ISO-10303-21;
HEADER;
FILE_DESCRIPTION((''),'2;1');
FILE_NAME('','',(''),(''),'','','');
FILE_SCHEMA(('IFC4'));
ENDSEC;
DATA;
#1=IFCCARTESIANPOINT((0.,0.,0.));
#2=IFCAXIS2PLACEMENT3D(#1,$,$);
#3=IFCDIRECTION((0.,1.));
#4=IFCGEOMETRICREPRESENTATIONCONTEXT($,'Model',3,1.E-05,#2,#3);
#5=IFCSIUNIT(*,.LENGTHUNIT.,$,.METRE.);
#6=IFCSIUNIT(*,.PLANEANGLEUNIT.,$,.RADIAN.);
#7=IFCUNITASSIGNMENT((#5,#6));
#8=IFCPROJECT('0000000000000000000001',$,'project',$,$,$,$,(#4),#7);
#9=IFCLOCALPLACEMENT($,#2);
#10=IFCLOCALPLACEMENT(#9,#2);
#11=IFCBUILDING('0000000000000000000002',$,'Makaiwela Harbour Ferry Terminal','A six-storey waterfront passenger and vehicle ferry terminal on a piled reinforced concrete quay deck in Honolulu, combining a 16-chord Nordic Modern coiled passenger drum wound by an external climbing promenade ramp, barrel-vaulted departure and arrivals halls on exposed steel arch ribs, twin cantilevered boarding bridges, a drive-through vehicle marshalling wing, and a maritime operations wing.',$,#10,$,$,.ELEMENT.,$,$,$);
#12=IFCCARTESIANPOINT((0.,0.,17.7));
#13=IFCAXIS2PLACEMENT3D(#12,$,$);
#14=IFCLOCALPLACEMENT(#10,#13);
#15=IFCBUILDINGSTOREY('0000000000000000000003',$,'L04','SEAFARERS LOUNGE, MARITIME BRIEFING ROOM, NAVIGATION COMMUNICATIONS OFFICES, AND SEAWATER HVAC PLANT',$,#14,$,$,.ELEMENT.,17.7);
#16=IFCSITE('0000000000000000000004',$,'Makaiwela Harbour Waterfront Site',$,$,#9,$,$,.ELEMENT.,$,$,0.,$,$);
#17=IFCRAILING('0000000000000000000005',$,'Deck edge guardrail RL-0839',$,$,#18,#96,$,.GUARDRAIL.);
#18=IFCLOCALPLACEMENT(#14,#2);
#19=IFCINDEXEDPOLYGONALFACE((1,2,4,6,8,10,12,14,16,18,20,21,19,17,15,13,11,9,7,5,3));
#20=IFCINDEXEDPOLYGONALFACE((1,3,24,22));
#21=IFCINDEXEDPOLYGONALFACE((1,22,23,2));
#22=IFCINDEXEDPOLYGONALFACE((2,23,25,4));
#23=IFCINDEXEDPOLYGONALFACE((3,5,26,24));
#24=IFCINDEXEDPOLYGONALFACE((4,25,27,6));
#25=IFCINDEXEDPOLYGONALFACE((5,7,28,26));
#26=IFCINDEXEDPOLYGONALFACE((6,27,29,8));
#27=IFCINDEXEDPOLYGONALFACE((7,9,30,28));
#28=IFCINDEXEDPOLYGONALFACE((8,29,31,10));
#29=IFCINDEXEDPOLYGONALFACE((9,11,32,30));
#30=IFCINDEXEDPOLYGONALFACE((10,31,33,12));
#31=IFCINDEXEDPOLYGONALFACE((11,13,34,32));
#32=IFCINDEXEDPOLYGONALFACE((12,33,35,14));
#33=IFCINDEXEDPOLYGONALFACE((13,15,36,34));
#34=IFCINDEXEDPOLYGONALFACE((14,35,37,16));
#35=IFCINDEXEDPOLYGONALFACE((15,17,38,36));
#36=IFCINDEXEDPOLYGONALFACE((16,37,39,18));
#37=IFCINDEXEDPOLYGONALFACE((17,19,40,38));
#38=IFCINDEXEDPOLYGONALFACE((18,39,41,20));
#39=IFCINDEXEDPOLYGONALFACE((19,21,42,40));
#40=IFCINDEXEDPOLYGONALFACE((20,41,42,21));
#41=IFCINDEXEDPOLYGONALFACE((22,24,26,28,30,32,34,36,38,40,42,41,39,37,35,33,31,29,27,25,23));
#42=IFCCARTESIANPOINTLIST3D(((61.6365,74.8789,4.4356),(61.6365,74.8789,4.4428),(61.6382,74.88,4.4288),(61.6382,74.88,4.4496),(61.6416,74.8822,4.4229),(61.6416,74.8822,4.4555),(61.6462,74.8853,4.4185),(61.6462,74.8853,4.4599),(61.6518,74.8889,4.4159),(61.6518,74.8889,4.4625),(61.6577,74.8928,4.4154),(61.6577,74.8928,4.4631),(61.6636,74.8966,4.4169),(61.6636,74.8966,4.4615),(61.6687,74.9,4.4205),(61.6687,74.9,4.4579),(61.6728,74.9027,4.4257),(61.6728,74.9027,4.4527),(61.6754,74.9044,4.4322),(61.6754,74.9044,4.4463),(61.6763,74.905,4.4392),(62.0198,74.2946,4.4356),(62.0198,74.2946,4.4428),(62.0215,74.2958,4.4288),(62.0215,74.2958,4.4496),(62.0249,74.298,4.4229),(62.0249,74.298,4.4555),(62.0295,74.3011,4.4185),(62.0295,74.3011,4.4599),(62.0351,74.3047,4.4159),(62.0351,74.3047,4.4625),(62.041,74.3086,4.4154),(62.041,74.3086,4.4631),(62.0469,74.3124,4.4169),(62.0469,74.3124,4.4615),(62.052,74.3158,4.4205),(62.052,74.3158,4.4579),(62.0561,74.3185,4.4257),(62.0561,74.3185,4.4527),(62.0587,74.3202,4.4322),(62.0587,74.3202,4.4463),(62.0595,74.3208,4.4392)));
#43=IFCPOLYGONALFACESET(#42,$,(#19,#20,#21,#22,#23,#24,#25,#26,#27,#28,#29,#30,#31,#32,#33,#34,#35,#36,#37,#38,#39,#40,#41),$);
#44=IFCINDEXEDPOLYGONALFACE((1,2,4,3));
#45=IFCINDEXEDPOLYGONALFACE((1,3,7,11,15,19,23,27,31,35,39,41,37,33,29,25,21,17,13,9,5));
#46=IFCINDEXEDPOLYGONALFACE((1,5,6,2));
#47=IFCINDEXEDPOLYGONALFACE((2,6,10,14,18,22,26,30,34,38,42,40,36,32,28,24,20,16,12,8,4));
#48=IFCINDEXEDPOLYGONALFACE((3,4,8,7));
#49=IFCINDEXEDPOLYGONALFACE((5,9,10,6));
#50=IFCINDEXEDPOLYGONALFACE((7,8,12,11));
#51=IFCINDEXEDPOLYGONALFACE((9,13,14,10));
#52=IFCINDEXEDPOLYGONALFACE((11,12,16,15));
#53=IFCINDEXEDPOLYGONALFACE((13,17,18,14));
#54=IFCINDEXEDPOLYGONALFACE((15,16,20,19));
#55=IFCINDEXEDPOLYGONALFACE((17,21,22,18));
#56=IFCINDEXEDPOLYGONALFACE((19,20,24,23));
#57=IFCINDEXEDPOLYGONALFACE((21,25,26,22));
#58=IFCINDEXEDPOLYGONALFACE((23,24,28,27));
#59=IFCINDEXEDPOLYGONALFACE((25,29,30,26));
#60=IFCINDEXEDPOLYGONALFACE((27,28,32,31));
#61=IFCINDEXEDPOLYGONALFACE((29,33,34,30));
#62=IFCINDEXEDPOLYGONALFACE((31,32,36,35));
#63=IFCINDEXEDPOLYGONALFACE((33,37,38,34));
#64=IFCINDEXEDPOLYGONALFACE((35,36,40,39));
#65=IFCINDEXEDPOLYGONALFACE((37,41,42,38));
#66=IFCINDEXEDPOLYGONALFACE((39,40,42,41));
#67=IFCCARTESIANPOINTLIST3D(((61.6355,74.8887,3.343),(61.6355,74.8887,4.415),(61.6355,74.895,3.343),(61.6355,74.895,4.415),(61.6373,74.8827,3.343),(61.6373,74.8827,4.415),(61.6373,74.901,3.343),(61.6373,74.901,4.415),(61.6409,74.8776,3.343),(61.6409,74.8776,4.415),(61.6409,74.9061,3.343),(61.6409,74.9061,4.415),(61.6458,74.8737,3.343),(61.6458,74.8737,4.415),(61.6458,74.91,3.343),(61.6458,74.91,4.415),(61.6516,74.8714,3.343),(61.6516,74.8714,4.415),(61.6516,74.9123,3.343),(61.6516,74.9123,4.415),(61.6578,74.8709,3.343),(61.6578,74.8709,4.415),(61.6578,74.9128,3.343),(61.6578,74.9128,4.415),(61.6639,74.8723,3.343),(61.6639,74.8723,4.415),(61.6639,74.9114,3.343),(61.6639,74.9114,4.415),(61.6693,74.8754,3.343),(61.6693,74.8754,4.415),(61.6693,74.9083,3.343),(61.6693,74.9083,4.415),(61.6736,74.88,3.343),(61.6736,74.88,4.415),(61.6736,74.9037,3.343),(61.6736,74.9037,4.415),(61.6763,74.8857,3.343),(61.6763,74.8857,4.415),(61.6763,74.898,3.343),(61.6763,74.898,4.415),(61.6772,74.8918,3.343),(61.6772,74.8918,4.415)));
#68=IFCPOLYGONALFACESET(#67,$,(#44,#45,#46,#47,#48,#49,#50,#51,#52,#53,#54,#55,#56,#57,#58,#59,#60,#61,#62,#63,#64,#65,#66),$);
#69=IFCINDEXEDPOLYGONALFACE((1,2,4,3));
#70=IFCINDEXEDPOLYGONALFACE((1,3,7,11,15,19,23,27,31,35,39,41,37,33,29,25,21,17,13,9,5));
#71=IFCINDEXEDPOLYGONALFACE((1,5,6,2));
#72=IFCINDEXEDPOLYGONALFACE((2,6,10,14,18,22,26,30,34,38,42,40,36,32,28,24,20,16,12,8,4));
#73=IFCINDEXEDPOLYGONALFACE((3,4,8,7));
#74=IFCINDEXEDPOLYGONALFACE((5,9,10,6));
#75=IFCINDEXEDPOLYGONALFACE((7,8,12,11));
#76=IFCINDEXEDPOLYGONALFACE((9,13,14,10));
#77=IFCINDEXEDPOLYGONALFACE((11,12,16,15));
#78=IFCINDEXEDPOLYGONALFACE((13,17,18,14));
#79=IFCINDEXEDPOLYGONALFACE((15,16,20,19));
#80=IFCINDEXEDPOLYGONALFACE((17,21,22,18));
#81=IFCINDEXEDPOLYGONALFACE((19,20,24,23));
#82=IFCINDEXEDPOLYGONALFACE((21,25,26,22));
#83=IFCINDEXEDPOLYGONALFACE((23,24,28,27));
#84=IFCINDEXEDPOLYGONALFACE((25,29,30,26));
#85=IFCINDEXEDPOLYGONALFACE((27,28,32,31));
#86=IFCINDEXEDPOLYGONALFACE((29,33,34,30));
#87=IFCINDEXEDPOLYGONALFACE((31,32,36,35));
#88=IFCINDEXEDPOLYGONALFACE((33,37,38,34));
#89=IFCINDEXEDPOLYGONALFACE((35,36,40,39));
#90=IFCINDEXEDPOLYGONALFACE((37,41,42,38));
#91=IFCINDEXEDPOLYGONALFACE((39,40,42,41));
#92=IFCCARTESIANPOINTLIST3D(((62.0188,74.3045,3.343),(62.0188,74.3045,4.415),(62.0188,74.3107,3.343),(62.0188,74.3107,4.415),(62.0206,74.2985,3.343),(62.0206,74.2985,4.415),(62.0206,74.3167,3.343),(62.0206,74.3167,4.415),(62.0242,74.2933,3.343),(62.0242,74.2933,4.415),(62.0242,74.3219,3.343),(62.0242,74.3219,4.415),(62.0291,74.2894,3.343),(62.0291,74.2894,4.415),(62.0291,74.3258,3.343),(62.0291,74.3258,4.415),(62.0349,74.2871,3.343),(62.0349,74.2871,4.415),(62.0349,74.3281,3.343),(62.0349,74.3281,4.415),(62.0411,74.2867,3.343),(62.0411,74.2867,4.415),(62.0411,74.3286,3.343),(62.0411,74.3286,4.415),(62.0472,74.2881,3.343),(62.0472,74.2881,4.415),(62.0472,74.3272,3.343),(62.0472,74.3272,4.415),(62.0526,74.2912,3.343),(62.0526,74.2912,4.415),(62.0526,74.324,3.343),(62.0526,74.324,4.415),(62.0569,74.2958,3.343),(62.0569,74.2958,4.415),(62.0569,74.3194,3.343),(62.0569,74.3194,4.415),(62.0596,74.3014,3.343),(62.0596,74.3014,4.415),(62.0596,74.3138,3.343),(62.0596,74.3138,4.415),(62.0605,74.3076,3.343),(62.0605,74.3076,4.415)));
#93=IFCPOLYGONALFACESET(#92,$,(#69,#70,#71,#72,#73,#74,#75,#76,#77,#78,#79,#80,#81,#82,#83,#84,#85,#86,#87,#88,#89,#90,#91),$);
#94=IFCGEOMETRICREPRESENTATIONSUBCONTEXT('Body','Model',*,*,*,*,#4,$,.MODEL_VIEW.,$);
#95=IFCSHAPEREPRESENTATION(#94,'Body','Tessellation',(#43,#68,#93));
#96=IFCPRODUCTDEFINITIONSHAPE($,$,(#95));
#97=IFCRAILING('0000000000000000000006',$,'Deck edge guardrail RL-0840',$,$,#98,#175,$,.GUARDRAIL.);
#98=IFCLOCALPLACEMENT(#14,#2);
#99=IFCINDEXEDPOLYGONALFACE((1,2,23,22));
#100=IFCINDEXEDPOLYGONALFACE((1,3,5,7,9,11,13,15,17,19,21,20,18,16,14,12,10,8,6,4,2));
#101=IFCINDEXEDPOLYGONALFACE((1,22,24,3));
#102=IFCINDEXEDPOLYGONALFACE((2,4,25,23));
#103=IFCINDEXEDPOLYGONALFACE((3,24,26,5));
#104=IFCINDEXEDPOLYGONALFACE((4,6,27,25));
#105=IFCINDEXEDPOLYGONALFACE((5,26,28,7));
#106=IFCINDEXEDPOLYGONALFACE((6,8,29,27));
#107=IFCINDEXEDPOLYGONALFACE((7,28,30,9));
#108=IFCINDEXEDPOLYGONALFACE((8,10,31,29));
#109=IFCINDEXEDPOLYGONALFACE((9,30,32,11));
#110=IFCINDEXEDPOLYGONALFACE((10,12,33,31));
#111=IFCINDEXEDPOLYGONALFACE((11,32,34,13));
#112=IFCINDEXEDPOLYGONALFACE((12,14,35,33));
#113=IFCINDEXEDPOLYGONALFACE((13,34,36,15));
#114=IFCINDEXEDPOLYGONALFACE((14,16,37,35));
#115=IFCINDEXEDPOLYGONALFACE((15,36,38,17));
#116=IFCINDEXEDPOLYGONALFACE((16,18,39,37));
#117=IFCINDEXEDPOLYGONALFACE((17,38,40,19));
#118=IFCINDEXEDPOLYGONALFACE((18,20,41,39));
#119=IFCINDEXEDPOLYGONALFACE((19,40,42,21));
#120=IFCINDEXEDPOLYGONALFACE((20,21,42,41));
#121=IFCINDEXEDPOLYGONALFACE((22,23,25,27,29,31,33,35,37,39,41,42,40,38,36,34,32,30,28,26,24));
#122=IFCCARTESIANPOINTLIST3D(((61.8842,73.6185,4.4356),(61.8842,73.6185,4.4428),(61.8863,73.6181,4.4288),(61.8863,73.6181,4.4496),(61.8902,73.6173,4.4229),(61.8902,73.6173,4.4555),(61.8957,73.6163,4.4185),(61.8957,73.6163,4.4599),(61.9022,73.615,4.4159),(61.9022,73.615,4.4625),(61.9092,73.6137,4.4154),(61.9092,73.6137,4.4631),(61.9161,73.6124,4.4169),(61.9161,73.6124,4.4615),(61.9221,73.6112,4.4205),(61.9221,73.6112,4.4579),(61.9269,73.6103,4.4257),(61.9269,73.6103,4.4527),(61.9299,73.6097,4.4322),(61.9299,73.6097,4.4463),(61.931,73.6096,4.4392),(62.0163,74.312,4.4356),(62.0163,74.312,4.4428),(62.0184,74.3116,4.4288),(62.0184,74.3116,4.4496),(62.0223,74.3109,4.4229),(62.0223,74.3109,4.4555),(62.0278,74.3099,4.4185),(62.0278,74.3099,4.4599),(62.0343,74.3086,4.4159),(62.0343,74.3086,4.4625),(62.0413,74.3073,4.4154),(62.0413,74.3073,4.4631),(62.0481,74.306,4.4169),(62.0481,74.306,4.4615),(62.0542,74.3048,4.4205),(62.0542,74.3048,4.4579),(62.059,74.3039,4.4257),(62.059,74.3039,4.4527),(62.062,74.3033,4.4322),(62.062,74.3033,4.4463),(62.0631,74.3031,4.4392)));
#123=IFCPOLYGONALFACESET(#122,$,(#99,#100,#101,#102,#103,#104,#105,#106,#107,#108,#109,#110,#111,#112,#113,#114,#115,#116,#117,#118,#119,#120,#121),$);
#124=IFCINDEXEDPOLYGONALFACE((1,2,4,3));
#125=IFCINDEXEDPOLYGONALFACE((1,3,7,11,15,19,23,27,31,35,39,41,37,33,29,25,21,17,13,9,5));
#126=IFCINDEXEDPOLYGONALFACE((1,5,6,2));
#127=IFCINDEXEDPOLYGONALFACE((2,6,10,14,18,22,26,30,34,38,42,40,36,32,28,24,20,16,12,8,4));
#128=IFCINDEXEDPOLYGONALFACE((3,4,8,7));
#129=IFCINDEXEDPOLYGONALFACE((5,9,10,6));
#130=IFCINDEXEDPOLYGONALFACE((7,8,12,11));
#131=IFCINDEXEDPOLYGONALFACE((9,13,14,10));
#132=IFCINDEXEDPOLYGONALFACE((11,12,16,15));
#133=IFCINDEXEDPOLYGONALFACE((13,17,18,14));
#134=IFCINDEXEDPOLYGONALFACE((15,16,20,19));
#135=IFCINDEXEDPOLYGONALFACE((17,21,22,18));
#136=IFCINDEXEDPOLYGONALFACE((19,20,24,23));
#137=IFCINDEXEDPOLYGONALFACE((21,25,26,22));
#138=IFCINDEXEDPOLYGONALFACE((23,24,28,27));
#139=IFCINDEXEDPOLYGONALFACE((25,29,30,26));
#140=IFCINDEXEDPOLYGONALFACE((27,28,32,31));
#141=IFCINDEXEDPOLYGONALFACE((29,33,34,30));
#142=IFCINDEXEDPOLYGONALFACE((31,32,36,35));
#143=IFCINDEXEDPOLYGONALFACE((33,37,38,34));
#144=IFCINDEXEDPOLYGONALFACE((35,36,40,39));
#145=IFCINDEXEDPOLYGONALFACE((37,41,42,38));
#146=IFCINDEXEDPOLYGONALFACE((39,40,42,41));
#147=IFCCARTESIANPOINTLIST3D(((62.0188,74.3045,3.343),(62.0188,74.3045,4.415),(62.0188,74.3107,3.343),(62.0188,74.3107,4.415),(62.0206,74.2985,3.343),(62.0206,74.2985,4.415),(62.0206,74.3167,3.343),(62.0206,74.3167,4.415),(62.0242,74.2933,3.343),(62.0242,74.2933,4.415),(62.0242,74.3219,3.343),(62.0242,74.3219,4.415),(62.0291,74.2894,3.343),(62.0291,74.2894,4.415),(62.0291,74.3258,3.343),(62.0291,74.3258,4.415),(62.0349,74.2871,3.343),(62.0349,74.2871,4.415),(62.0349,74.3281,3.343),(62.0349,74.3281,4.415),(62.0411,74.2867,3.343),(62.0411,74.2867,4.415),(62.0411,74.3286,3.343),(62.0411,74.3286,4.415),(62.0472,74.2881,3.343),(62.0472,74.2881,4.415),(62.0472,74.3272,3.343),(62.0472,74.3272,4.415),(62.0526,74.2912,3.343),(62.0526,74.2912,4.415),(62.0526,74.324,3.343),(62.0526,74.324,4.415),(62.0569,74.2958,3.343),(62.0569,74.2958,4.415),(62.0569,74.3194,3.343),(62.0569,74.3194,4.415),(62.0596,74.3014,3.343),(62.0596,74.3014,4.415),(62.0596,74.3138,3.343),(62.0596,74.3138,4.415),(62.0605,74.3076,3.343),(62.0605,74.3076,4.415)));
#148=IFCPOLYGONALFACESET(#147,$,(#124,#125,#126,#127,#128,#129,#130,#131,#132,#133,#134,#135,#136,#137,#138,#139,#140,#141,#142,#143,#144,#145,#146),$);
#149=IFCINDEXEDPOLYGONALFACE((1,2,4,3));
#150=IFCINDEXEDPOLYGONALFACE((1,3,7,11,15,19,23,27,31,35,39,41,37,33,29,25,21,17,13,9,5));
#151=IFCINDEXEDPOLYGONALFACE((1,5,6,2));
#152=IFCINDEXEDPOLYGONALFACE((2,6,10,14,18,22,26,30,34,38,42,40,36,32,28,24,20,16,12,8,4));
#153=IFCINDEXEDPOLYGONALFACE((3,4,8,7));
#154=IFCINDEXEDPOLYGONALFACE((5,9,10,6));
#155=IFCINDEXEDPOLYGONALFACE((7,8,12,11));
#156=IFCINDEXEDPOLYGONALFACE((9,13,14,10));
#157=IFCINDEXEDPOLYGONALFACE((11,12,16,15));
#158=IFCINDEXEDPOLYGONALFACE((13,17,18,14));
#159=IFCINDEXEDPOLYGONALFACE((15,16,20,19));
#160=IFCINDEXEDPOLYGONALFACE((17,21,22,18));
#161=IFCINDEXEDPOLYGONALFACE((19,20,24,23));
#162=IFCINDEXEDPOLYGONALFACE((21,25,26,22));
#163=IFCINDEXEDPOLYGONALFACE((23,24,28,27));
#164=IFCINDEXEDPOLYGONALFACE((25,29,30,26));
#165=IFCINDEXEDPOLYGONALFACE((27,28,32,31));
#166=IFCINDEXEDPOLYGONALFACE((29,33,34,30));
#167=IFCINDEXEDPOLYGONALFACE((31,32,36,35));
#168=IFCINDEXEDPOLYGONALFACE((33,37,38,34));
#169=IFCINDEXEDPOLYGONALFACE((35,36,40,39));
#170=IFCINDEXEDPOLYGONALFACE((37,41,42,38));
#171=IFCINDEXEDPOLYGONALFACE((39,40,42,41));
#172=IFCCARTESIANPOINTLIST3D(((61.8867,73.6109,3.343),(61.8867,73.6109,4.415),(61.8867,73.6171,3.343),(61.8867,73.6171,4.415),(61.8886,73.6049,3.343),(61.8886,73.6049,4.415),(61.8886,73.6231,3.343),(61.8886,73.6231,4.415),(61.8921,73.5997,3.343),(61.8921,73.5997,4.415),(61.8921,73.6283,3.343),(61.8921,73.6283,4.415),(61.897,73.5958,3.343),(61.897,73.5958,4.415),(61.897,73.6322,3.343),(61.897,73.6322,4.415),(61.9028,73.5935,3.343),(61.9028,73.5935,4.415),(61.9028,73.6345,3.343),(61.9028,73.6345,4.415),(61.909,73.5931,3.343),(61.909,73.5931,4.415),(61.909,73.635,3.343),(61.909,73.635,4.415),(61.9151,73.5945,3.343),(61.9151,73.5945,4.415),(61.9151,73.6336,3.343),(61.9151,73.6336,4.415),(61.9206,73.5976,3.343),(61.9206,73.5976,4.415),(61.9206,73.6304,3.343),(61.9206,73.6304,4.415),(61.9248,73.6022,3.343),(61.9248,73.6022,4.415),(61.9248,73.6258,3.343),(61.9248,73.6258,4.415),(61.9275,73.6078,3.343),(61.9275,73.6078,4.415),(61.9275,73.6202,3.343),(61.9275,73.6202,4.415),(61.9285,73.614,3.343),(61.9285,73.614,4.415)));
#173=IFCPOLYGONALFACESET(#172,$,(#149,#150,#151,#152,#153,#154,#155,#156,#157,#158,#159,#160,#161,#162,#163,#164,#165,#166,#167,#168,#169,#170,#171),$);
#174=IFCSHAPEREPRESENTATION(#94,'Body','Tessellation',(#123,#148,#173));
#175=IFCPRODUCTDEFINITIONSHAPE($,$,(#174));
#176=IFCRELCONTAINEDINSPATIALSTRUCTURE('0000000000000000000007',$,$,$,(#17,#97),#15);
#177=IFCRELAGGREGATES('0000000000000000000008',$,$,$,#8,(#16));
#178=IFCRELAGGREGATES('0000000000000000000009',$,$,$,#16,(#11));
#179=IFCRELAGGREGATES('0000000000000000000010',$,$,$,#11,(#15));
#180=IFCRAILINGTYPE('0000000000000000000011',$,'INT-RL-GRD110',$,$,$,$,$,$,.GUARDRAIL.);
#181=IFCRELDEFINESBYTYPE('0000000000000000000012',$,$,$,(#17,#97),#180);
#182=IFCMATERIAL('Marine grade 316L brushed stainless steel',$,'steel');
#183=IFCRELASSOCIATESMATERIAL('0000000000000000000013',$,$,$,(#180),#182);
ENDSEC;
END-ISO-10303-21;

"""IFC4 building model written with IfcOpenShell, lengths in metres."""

from ifc_helpers import new_model, si_unit, direction, frame, origin, origin_2d, place, context, subcontext, project, spatial, circle, extrude, material, type_object, element, save


model = new_model("IFC4")

# Units and contexts
model_context = context("Model", 3, precision=1e-05, world=origin(), true_north=direction((0.0, 1.0)))
body_context = subcontext(model_context, "Body", "Model", "MODEL_VIEW")
ifc_project = project(units=[si_unit("LENGTHUNIT", "METRE"), si_unit("PLANEANGLEUNIT", "RADIAN")], contexts=[model_context])

# Site, building, storey
site_placement = place(None, origin())
site = spatial("IfcSite", under=ifc_project, at=site_placement, Name="Makaiwela Harbour Waterfront Site", CompositionType="ELEMENT", RefElevation=0.0)
building_placement = place(site_placement, origin())
building = spatial("IfcBuilding", under=site, at=building_placement, Name="Makaiwela Harbour Ferry Terminal", Description="A six-storey waterfront passenger and vehicle ferry terminal on a piled reinforced concrete quay deck in Honolulu, combining a 16-chord Nordic Modern coiled passenger drum wound by an external climbing promenade ramp, barrel-vaulted departure and arrivals halls on exposed steel arch ribs, twin cantilevered boarding bridges, a drive-through vehicle marshalling wing, and a maritime operations wing.", CompositionType="ELEMENT")
storey_placement = place(building_placement, frame((0.0, 0.0, 17.7)))
storey = spatial("IfcBuildingStorey", under=building, at=storey_placement, Name="L04", Description="SEAFARERS LOUNGE, MARITIME BRIEFING ROOM, NAVIGATION COMMUNICATIONS OFFICES, AND SEAWATER HVAC PLANT", CompositionType="ELEMENT", Elevation=17.7)

# Railings
ifc_material_1 = material(Name="Marine grade 316L brushed stainless steel", Category="steel")
railing_type_1 = type_object("IfcRailingType", Name="INT-RL-GRD110", PredefinedType="GUARDRAIL", material=ifc_material_1)
railing_1_placement = place(storey_placement, frame((61.6562, 74.8918, 3.343)))
element("IfcRailing", 1, at=railing_1_placement, inside=storey, type_object=railing_type_1, Name="Deck edge guardrail RL-0839", PredefinedType="GUARDRAIL", context=body_context, shape_type="SweptSolid", body=[
    extrude(circle(Radius=0.0239, at=origin_2d()), frame((0.0, 0.0, 1.0962), z_axis=(0.548557, -0.836113, 0.0), x_axis=(0.836113, 0.548557, 0.0)), (0.0, 0.0, 1.0), 0.6987),
    extrude(circle(Radius=0.021, at=origin_2d()), origin(), (0.0, 0.0, 1.0), 1.072),
    extrude(circle(Radius=0.021, at=origin_2d()), frame((0.3833, -0.5842, 0.0)), (0.0, 0.0, 1.0), 1.072),
])
railing_2_placement = place(storey_placement, frame((62.0396, 74.3076, 3.343)))
element("IfcRailing", 2, at=railing_2_placement, inside=storey, type_object=railing_type_1, Name="Deck edge guardrail RL-0840", PredefinedType="GUARDRAIL", context=body_context, shape_type="SweptSolid", body=[
    extrude(circle(Radius=0.0239, at=origin_2d()), frame((0.0, 0.0, 1.0962), z_axis=(-0.187064, -0.982348, 0.0), x_axis=(0.982348, -0.187064, 0.0)), (0.0, 0.0, 1.0), 0.7061),
    extrude(circle(Radius=0.021, at=origin_2d()), origin(), (0.0, 0.0, 1.0), 1.072),
    extrude(circle(Radius=0.021, at=origin_2d()), frame((-0.1321, -0.6936, 0.0)), (0.0, 0.0, 1.0), 1.072),
])

save(model, "model.ifc")
